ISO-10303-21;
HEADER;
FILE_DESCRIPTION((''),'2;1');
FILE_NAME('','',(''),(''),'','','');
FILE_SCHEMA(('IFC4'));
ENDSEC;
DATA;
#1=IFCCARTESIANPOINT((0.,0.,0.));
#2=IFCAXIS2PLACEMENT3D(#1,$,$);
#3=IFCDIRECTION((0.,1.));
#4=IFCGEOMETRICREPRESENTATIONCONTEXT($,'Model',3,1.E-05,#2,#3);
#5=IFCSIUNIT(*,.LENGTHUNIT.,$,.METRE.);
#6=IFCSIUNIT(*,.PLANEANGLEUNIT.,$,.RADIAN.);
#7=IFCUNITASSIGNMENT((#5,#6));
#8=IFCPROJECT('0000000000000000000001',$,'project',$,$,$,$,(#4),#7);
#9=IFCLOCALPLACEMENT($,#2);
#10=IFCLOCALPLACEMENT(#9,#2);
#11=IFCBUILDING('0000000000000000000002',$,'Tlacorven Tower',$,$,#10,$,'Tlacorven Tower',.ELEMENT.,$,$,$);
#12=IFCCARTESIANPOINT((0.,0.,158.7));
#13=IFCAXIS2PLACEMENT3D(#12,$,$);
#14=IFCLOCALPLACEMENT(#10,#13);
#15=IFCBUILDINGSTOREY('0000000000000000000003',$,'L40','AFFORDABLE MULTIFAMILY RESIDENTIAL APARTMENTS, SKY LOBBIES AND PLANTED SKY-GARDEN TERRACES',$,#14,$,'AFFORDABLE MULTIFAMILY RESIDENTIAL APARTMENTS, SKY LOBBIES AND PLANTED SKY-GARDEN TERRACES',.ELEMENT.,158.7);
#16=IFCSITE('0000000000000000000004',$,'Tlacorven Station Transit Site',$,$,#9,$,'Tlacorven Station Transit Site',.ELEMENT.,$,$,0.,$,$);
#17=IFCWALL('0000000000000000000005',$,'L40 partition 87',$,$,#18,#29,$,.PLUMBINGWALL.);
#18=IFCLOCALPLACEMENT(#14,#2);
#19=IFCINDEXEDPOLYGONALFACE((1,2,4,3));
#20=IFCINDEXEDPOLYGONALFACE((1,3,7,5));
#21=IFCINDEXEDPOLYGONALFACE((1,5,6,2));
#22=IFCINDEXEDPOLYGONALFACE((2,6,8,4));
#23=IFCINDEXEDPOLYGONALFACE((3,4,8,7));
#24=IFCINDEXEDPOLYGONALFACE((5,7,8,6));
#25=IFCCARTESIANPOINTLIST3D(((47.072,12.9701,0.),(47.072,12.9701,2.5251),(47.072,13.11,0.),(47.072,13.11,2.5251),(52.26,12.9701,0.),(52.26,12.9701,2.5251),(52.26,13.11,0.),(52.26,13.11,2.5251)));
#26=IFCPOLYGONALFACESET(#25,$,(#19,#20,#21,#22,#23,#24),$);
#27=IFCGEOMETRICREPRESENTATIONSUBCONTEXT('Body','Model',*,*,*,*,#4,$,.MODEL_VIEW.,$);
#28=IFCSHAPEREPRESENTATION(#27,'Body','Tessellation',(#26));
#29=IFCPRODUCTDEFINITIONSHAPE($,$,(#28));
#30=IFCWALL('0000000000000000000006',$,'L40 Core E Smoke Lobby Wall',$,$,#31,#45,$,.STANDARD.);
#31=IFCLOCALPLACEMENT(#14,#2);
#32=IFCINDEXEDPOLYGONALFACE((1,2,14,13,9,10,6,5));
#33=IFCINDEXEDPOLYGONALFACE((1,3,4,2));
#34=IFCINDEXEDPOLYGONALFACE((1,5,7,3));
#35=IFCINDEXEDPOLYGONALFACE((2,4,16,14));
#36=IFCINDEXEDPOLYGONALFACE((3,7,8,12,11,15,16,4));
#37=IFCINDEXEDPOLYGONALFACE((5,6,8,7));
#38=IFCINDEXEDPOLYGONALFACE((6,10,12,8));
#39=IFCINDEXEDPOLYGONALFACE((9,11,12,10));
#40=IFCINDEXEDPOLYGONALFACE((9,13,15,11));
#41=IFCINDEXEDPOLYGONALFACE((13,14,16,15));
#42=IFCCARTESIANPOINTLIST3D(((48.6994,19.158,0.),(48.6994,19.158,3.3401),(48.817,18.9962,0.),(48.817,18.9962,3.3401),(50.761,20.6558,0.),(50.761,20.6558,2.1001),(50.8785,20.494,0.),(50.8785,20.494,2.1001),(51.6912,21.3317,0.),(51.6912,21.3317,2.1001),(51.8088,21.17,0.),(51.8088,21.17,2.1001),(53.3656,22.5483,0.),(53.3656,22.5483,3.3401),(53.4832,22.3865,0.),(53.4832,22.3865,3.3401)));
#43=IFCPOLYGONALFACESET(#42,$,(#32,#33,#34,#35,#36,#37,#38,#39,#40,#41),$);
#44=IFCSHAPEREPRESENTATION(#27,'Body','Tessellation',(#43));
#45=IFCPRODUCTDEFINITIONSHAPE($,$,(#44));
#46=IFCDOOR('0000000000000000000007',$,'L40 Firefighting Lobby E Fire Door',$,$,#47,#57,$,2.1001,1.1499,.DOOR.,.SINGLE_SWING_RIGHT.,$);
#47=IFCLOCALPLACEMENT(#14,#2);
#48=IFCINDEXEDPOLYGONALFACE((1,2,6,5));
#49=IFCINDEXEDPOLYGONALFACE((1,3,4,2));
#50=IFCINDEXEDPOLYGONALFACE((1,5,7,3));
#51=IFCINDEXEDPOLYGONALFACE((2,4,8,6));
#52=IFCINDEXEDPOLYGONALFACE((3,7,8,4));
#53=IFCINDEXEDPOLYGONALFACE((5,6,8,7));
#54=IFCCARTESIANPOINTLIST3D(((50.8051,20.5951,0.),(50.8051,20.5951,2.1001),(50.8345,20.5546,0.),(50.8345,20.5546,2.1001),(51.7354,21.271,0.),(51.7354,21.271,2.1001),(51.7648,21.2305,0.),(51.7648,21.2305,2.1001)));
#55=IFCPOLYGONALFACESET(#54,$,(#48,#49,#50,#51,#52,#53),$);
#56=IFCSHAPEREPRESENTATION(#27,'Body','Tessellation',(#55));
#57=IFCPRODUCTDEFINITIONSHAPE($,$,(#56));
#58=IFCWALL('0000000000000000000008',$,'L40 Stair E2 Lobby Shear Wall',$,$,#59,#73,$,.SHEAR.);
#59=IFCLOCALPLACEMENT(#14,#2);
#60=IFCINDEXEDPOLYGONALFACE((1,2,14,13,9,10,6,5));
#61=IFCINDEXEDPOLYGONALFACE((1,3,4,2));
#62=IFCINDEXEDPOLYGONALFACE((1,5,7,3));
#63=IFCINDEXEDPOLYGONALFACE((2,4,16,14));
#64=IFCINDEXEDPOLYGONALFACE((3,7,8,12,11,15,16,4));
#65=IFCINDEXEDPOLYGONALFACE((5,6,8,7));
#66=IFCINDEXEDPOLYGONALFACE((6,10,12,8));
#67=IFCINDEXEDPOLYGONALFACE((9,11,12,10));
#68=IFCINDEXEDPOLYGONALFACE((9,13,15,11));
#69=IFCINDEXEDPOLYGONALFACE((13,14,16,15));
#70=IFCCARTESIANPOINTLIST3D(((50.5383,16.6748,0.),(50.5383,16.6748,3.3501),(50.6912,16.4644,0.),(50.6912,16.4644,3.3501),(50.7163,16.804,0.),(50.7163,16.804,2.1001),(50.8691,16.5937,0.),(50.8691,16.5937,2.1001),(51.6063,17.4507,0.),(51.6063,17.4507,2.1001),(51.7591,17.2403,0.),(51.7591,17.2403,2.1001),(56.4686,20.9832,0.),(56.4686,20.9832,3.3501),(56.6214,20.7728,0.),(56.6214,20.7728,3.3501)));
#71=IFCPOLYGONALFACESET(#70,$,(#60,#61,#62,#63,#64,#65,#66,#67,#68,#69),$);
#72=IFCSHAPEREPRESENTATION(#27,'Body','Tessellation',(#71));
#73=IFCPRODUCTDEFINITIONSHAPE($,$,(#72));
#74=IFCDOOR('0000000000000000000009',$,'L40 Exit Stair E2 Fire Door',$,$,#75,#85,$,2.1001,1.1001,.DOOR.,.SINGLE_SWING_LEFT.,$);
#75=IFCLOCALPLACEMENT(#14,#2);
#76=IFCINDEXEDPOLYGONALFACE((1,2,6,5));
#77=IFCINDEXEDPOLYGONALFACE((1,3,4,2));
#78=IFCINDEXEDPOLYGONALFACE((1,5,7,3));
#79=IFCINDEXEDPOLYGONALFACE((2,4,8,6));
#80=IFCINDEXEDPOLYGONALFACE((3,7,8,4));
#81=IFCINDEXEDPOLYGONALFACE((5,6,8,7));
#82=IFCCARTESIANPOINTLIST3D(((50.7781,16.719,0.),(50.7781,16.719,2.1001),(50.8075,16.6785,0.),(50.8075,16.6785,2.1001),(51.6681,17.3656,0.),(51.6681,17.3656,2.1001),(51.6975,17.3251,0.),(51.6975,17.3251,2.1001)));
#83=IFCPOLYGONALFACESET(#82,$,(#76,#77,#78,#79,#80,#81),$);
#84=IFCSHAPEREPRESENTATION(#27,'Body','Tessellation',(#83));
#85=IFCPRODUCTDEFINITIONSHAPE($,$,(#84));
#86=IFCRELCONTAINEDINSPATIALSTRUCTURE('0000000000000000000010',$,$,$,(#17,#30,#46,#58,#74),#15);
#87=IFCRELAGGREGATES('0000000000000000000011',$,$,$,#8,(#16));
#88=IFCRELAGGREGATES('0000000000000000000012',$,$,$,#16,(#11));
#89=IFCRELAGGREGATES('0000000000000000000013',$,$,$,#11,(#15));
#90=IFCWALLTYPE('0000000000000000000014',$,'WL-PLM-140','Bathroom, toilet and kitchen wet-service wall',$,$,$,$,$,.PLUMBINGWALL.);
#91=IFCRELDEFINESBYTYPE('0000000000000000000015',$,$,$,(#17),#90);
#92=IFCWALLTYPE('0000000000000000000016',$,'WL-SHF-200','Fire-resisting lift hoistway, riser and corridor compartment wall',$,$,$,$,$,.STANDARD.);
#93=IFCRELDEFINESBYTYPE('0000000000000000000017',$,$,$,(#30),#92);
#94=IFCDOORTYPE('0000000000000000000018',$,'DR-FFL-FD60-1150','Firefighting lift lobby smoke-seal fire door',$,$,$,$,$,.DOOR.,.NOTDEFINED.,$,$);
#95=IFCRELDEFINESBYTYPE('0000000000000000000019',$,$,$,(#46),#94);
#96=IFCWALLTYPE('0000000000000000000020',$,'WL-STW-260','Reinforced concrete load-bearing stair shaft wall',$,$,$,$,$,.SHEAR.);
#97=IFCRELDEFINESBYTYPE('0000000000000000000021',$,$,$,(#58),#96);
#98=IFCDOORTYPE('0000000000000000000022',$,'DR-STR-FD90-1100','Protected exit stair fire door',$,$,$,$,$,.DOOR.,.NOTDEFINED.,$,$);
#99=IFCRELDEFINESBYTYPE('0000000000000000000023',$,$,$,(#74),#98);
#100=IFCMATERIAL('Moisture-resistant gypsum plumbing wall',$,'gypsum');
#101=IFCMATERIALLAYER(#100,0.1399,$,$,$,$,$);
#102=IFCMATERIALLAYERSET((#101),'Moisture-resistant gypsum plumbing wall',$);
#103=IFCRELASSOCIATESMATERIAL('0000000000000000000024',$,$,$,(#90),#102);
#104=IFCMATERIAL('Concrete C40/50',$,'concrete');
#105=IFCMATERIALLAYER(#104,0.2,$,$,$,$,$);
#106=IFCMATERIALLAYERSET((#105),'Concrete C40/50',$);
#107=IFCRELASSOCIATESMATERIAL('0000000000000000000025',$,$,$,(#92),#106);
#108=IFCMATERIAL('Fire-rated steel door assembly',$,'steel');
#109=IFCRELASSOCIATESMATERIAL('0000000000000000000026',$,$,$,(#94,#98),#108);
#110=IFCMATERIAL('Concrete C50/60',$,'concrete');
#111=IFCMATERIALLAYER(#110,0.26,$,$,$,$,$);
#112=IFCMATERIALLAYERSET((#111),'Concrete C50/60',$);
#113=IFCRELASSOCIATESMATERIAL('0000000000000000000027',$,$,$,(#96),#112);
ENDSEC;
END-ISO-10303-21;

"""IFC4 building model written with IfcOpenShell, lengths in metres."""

from ifc_helpers import new_model, si_unit, direction, frame, frame_2d, origin, place, context, subcontext, project, spatial, rectangle, extrude, source, transform, mapped, material, layer, layer_set, type_object, element, fill, save


model = new_model("IFC4")

# Units and contexts
model_context = context("Model", 3, precision=1e-05, world=origin(), true_north=direction((0.0, 1.0)))
body_context = subcontext(model_context, "Body", "Model", "MODEL_VIEW")
ifc_project = project(units=[si_unit("LENGTHUNIT", "METRE"), si_unit("PLANEANGLEUNIT", "RADIAN")], contexts=[model_context])

# Site, building, storey
site_placement = place(None, origin())
site = spatial("IfcSite", under=ifc_project, at=site_placement, Name="Tlacorven Station Transit Site", LongName="Tlacorven Station Transit Site", CompositionType="ELEMENT", RefElevation=0.0)
building_placement = place(site_placement, origin())
building = spatial("IfcBuilding", under=site, at=building_placement, Name="Tlacorven Tower", LongName="Tlacorven Tower", CompositionType="ELEMENT")
storey_placement = place(building_placement, frame((0.0, 0.0, 158.7)))
storey = spatial("IfcBuildingStorey", under=building, at=storey_placement, Name="L40", Description="AFFORDABLE MULTIFAMILY RESIDENTIAL APARTMENTS, SKY LOBBIES AND PLANTED SKY-GARDEN TERRACES", LongName="AFFORDABLE MULTIFAMILY RESIDENTIAL APARTMENTS, SKY LOBBIES AND PLANTED SKY-GARDEN TERRACES", CompositionType="ELEMENT", Elevation=158.7)

# Wall
ifc_material_1 = material(Name="Moisture-resistant gypsum plumbing wall", Category="gypsum")
ifc_layer_1 = layer(ifc_material_1, 0.1399)
ifc_layer_set_1 = layer_set([ifc_layer_1], Name="Moisture-resistant gypsum plumbing wall")
wall_type_1 = type_object("IfcWallType", Name="WL-PLM-140", Description="Bathroom, toilet and kitchen wet-service wall", PredefinedType="PLUMBINGWALL", material=ifc_layer_set_1)
wall_1_placement = place(storey_placement, frame((47.072, 13.04, 0.0), z_axis=(0.0, 0.0, 1.0), x_axis=(1.0, 0.0, 0.0)))
element("IfcWall", 1, at=wall_1_placement, inside=storey, type_object=wall_type_1, Name="L40 partition 87", PredefinedType="PLUMBINGWALL", context=body_context, shape_type="SweptSolid", body=[
    extrude(rectangle(XDim=5.188, YDim=0.1399, at=frame_2d((2.594, 0.0))), origin(), (0.0, 0.0, 1.0), 2.5251),
])

# Walls, openings, doors
ifc_material_2 = material(Name="Concrete C40/50", Category="concrete")
ifc_layer_2 = layer(ifc_material_2, 0.2)
ifc_layer_set_2 = layer_set([ifc_layer_2], Name="Concrete C40/50")
wall_type_2 = type_object("IfcWallType", Name="WL-SHF-200", Description="Fire-resisting lift hoistway, riser and corridor compartment wall", PredefinedType="STANDARD", material=ifc_layer_set_2)
wall_2_placement = place(storey_placement, frame((48.7583, 19.0771, 0.0), z_axis=(0.0, 0.0, 1.0), x_axis=(0.809005, 0.587802, 0.0)))
wall_2 = element("IfcWall", 2, at=wall_2_placement, inside=storey, type_object=wall_type_2, Name="L40 Core E Smoke Lobby Wall", PredefinedType="STANDARD", context=body_context, shape_type="SweptSolid", body=[
    extrude(rectangle(XDim=5.7678, YDim=0.2, at=frame_2d((2.8838, 0.0))), origin(), (0.0, 0.0, 1.0), 3.3401),
])
opening_1_placement = place(wall_2_placement, frame((2.5481, 0.0, 0.0)))
opening_1 = element("IfcOpeningElement", 3, at=opening_1_placement, cuts=wall_2, PredefinedType="OPENING", context=body_context, shape_type="SweptSolid", body=[
    extrude(rectangle(XDim=1.1499, YDim=2.1001, at=frame_2d((0.575, 1.05))), frame((0.0, 0.1099, 0.0), z_axis=(0.0, -1.0, 0.0), x_axis=(1.0, 0.0, 0.0)), (0.0, 0.0, 1.0), 0.22),
])
ifc_material_3 = material(Name="Fire-rated steel door assembly", Category="steel")
door_type_1 = type_object("IfcDoorType", Name="DR-FFL-FD60-1150", Description="Firefighting lift lobby smoke-seal fire door", OperationType="NOTDEFINED", PredefinedType="DOOR", material=ifc_material_3)
shared_shape_1 = source(origin(), body_context, "Body", "SweptSolid", [
    extrude(rectangle(XDim=1.1499, YDim=2.1001, at=frame_2d((0.575, 1.05))), frame((0.0, 0.0249, 0.0), z_axis=(0.0, -1.0, 0.0), x_axis=(1.0, 0.0, 0.0)), (0.0, 0.0, 1.0), 0.05),
])
door_1_placement = place(opening_1_placement, origin())
door_1 = element("IfcDoor", 4, at=door_1_placement, inside=storey, type_object=door_type_1, Name="L40 Firefighting Lobby E Fire Door", OperationType="SINGLE_SWING_RIGHT", OverallHeight=2.1001, OverallWidth=1.1499, PredefinedType="DOOR", context=body_context, shape_type="MappedRepresentation", body=[
    mapped(shared_shape_1, transform((0.0, 0.0, 0.0), scale=1.0)),
])
fill(opening_1, door_1)
ifc_material_4 = material(Name="Concrete C50/60", Category="concrete")
ifc_layer_3 = layer(ifc_material_4, 0.26)
ifc_layer_set_3 = layer_set([ifc_layer_3], Name="Concrete C50/60")
wall_type_3 = type_object("IfcWallType", Name="WL-STW-260", Description="Reinforced concrete load-bearing stair shaft wall", PredefinedType="SHEAR", material=ifc_layer_set_3)
wall_3_placement = place(storey_placement, frame((50.6147, 16.5696, 0.0), z_axis=(0.0, 0.0, 1.0), x_axis=(0.809028, 0.58777, 0.0)))
wall_3 = element("IfcWall", 5, at=wall_3_placement, inside=storey, type_object=wall_type_3, Name="L40 Stair E2 Lobby Shear Wall", PredefinedType="SHEAR", context=body_context, shape_type="SweptSolid", body=[
    extrude(rectangle(XDim=7.3301, YDim=0.26, at=frame_2d((3.665, 0.0))), origin(), (0.0, 0.0, 1.0), 3.3501),
])
opening_2_placement = place(wall_3_placement, frame((0.22, 0.0, 0.0)))
opening_2 = element("IfcOpeningElement", 6, at=opening_2_placement, cuts=wall_3, PredefinedType="OPENING", context=body_context, shape_type="SweptSolid", body=[
    extrude(rectangle(XDim=1.1001, YDim=2.1001, at=frame_2d((0.55, 1.05))), frame((0.0, 0.1401, 0.0), z_axis=(0.0, -1.0, 0.0), x_axis=(1.0, 0.0, 0.0)), (0.0, 0.0, 1.0), 0.28),
])
door_type_2 = type_object("IfcDoorType", Name="DR-STR-FD90-1100", Description="Protected exit stair fire door", OperationType="NOTDEFINED", PredefinedType="DOOR", material=ifc_material_3)
shared_shape_2 = source(origin(), body_context, "Body", "SweptSolid", [
    extrude(rectangle(XDim=1.1001, YDim=2.1001, at=frame_2d((0.55, 1.05))), frame((0.0, 0.0249, 0.0), z_axis=(0.0, -1.0, 0.0), x_axis=(1.0, 0.0, 0.0)), (0.0, 0.0, 1.0), 0.05),
])
door_2_placement = place(opening_2_placement, origin())
door_2 = element("IfcDoor", 7, at=door_2_placement, inside=storey, type_object=door_type_2, Name="L40 Exit Stair E2 Fire Door", OperationType="SINGLE_SWING_LEFT", OverallHeight=2.1001, OverallWidth=1.1001, PredefinedType="DOOR", context=body_context, shape_type="MappedRepresentation", body=[
    mapped(shared_shape_2, transform((0.0, 0.0, 0.0), scale=1.0)),
])
fill(opening_2, door_2)

save(model, "model.ifc")
